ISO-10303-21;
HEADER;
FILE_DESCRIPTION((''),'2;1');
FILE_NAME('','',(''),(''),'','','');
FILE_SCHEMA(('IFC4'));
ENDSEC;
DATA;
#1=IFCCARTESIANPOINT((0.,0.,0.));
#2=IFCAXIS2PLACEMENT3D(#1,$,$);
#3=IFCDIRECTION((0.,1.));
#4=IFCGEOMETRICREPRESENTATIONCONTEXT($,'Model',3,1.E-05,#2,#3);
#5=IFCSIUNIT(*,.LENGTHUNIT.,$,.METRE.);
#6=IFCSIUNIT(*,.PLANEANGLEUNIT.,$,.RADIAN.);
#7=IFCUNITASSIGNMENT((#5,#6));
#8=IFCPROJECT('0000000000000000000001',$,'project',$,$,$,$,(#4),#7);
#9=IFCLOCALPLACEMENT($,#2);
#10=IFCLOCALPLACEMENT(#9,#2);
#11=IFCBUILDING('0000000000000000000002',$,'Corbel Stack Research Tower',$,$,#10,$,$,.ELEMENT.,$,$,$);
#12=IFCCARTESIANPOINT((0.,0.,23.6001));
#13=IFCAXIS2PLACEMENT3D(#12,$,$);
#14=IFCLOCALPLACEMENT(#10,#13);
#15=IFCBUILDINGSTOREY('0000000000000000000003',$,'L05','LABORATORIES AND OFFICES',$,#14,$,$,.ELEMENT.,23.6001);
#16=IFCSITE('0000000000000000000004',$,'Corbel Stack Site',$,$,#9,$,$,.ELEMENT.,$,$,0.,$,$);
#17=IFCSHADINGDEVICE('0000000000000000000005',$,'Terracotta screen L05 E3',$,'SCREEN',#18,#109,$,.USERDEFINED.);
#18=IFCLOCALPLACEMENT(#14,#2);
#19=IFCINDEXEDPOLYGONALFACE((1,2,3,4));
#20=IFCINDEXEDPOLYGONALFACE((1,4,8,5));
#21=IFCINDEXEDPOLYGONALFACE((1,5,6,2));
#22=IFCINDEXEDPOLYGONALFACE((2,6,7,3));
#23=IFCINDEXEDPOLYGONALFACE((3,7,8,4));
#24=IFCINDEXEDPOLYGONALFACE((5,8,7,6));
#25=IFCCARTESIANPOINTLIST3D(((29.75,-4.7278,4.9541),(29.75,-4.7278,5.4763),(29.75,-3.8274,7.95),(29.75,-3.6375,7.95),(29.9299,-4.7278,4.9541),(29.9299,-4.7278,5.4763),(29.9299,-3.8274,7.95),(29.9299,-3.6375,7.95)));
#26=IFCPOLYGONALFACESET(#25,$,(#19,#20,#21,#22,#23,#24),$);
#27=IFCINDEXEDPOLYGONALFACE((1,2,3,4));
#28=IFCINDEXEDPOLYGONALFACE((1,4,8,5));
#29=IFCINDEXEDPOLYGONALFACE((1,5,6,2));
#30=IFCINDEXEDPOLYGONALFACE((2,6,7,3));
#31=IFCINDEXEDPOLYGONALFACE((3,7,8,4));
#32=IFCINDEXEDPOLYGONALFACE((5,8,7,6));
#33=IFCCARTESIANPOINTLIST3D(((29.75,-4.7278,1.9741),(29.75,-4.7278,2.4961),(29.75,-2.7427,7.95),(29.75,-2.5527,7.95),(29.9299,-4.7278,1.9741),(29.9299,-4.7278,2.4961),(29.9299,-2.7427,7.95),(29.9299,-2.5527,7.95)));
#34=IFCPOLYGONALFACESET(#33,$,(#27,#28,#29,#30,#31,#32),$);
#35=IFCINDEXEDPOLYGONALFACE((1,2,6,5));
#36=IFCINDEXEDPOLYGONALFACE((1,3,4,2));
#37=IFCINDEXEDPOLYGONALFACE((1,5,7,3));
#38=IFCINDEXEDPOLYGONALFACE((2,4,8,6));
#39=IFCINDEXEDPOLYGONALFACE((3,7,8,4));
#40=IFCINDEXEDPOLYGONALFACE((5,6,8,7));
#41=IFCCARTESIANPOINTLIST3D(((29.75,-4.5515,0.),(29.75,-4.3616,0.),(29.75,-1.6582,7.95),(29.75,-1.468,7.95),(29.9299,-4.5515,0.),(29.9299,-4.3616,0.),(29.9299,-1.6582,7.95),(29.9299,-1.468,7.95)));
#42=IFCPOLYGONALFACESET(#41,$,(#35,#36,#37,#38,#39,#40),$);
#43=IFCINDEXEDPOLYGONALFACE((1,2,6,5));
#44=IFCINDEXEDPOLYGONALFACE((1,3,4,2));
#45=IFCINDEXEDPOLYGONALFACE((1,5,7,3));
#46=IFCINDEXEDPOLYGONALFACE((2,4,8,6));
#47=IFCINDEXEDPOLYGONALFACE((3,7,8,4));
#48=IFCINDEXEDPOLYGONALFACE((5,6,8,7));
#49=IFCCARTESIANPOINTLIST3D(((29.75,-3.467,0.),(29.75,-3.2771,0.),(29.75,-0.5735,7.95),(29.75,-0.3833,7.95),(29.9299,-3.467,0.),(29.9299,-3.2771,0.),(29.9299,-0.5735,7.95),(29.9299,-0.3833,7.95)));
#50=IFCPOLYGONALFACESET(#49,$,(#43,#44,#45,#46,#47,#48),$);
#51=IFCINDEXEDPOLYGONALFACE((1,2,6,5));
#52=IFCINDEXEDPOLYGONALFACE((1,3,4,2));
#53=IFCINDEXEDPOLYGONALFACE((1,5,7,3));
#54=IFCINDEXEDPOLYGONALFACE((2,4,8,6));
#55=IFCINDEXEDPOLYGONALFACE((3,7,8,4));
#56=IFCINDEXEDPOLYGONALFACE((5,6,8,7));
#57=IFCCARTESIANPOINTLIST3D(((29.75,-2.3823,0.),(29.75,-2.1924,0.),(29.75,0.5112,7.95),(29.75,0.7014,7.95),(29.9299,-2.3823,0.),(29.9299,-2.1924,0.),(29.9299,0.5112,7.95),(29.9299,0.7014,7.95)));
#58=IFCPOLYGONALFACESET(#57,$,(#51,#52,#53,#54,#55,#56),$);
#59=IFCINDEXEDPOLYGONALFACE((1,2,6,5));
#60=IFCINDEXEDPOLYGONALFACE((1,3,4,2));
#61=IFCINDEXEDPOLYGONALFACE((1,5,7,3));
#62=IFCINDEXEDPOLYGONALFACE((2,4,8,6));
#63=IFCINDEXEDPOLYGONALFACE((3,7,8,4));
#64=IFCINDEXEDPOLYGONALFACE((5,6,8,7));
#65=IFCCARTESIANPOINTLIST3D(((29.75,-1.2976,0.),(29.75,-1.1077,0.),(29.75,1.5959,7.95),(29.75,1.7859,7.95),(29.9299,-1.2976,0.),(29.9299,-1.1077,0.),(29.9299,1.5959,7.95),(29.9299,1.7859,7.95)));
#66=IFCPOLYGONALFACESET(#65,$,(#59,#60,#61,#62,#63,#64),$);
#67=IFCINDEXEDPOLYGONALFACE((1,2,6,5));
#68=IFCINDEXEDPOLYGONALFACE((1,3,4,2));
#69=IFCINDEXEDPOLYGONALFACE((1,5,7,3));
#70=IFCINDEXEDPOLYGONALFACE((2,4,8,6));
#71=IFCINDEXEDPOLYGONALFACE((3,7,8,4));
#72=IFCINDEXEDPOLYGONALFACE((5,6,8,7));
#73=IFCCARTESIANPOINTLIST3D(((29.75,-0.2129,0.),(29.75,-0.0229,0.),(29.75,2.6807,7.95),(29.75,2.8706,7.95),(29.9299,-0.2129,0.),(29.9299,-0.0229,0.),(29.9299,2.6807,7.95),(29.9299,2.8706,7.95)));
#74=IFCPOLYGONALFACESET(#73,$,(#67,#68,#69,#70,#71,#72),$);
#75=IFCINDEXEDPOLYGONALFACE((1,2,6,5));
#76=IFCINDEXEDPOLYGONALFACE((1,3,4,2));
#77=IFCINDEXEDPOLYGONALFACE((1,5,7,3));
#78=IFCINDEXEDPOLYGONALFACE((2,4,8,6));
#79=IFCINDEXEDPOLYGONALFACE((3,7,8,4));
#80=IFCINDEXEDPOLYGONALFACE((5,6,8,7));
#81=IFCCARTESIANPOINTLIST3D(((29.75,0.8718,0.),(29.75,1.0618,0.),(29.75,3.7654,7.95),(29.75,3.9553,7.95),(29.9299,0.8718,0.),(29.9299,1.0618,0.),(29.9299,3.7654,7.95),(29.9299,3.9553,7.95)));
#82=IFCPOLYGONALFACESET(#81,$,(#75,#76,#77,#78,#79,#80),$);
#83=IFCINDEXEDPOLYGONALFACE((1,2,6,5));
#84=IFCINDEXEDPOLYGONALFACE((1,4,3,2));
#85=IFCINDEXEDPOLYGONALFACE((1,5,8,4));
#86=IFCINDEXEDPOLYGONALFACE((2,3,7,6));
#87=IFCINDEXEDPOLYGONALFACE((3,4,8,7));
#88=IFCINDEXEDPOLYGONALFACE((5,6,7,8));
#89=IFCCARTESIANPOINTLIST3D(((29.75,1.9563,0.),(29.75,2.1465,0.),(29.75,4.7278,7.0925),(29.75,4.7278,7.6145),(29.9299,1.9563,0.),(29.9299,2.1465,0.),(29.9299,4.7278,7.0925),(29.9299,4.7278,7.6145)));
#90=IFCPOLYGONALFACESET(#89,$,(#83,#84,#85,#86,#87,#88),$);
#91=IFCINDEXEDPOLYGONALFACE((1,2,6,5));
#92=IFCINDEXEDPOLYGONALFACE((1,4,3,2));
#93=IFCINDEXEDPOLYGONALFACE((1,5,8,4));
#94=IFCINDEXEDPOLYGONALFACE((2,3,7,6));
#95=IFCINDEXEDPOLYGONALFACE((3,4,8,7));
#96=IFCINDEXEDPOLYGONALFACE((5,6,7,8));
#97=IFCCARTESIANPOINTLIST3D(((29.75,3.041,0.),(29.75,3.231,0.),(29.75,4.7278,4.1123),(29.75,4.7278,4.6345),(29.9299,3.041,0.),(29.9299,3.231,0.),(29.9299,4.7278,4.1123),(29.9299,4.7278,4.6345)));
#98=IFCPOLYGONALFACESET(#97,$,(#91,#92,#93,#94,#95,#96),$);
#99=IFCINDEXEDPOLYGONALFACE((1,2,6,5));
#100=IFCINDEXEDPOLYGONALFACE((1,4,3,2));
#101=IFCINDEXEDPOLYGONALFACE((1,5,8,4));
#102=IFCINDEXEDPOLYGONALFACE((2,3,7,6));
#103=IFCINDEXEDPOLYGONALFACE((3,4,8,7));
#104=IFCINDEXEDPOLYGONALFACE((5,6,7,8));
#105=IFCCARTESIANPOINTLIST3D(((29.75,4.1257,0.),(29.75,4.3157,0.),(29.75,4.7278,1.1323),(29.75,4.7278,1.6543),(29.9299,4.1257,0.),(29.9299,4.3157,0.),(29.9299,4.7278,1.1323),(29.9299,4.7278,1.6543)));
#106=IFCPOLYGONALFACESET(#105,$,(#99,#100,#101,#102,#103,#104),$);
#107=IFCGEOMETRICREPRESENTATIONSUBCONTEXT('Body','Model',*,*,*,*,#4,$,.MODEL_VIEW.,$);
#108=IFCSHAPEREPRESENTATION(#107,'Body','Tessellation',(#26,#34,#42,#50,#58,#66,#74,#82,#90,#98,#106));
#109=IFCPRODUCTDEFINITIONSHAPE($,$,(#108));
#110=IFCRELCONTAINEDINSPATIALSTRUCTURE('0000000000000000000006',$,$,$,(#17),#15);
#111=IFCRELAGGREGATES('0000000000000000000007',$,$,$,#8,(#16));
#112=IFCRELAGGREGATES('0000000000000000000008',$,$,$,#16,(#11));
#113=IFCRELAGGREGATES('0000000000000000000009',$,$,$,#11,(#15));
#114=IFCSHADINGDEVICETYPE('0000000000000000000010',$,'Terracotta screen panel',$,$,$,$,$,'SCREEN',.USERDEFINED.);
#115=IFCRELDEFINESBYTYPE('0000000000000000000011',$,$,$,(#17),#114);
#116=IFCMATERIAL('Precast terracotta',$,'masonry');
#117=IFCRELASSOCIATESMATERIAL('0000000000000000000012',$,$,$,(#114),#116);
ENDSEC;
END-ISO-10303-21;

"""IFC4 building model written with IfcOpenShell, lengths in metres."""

from ifc_helpers import new_model, si_unit, direction, frame, origin, place, context, subcontext, project, spatial, polyline, outline, extrude, source, transform, mapped, material, type_object, element, save


model = new_model("IFC4")

# Units and contexts
model_context = context("Model", 3, precision=1e-05, world=origin(), true_north=direction((0.0, 1.0)))
body_context = subcontext(model_context, "Body", "Model", "MODEL_VIEW")
ifc_project = project(units=[si_unit("LENGTHUNIT", "METRE"), si_unit("PLANEANGLEUNIT", "RADIAN")], contexts=[model_context])

# Site, building, storey
site_placement = place(None, origin())
site = spatial("IfcSite", under=ifc_project, at=site_placement, Name="Corbel Stack Site", CompositionType="ELEMENT", RefElevation=0.0)
building_placement = place(site_placement, origin())
building = spatial("IfcBuilding", under=site, at=building_placement, Name="Corbel Stack Research Tower", CompositionType="ELEMENT")
storey_placement = place(building_placement, frame((0.0, 0.0, 23.6001)))
storey = spatial("IfcBuildingStorey", under=building, at=storey_placement, Name="L05", Description="LABORATORIES AND OFFICES", CompositionType="ELEMENT", Elevation=23.6001)

# Shading device
ifc_material_1 = material(Name="Precast terracotta", Category="masonry")
shading_device_type = type_object("IfcShadingDeviceType", Name="Terracotta screen panel", ElementType="SCREEN", PredefinedType="USERDEFINED", material=ifc_material_1)
shared_shape = source(origin(), body_context, "Body", "SweptSolid", [
    extrude(outline(polyline([(1.0903, 7.95), (0.9004, 7.95), (0.0, 5.4763), (0.0, 4.9541), (1.0903, 7.95)])), frame((0.0, 0.0, 0.0), z_axis=(0.0, -1.0, 0.0), x_axis=(1.0, 0.0, 0.0)), (0.0, 0.0, 1.0), 0.1799),
    extrude(outline(polyline([(2.175, 7.95), (1.9851, 7.95), (0.0, 2.4961), (0.0, 1.9741), (2.175, 7.95)])), frame((0.0, 0.0, 0.0), z_axis=(0.0, -1.0, 0.0), x_axis=(1.0, 0.0, 0.0)), (0.0, 0.0, 1.0), 0.1799),
    extrude(outline(polyline([(0.3662, 0.0), (3.2598, 7.95), (3.0696, 7.95), (0.1763, 0.0), (0.3662, 0.0)])), frame((0.0, 0.0, 0.0), z_axis=(0.0, -1.0, 0.0), x_axis=(1.0, 0.0, 0.0)), (0.0, 0.0, 1.0), 0.1799),
    extrude(outline(polyline([(1.4507, 0.0), (4.3445, 7.95), (4.1543, 7.95), (1.2607, 0.0), (1.4507, 0.0)])), frame((0.0, 0.0, 0.0), z_axis=(0.0, -1.0, 0.0), x_axis=(1.0, 0.0, 0.0)), (0.0, 0.0, 1.0), 0.1799),
    extrude(outline(polyline([(2.5354, 0.0), (5.4292, 7.95), (5.239, 7.95), (2.3455, 0.0), (2.5354, 0.0)])), frame((0.0, 0.0, 0.0), z_axis=(0.0, -1.0, 0.0), x_axis=(1.0, 0.0, 0.0)), (0.0, 0.0, 1.0), 0.1799),
    extrude(outline(polyline([(3.6201, 0.0), (6.5137, 7.95), (6.3237, 7.95), (3.4302, 0.0), (3.6201, 0.0)])), frame((0.0, 0.0, 0.0), z_axis=(0.0, -1.0, 0.0), x_axis=(1.0, 0.0, 0.0)), (0.0, 0.0, 1.0), 0.1799),
    extrude(outline(polyline([(4.7048, 0.0), (7.5984, 7.95), (7.4084, 7.95), (4.5149, 0.0), (4.7048, 0.0)])), frame((0.0, 0.0, 0.0), z_axis=(0.0, -1.0, 0.0), x_axis=(1.0, 0.0, 0.0)), (0.0, 0.0, 1.0), 0.1799),
    extrude(outline(polyline([(5.7896, 0.0), (8.6831, 7.95), (8.4932, 7.95), (5.5996, 0.0), (5.7896, 0.0)])), frame((0.0, 0.0, 0.0), z_axis=(0.0, -1.0, 0.0), x_axis=(1.0, 0.0, 0.0)), (0.0, 0.0, 1.0), 0.1799),
    extrude(outline(polyline([(6.8743, 0.0), (9.4556, 7.0925), (9.4556, 7.6145), (6.6841, 0.0), (6.8743, 0.0)])), frame((0.0, 0.0, 0.0), z_axis=(0.0, -1.0, 0.0), x_axis=(1.0, 0.0, 0.0)), (0.0, 0.0, 1.0), 0.1799),
    extrude(outline(polyline([(7.9587, 0.0), (9.4556, 4.1123), (9.4556, 4.6345), (7.7688, 0.0), (7.9587, 0.0)])), frame((0.0, 0.0, 0.0), z_axis=(0.0, -1.0, 0.0), x_axis=(1.0, 0.0, 0.0)), (0.0, 0.0, 1.0), 0.1799),
    extrude(outline(polyline([(9.0435, 0.0), (9.4556, 1.1323), (9.4556, 1.6543), (8.8535, 0.0), (9.0435, 0.0)])), frame((0.0, 0.0, 0.0), z_axis=(0.0, -1.0, 0.0), x_axis=(1.0, 0.0, 0.0)), (0.0, 0.0, 1.0), 0.1799),
])
shading_device_placement = place(storey_placement, frame((29.75, -4.7278, 0.0), z_axis=(0.0, 0.0, 1.0), x_axis=(0.0, 1.0, 0.0)))
element("IfcShadingDevice", 1, at=shading_device_placement, inside=storey, type_object=shading_device_type, Name="Terracotta screen L05 E3", ObjectType="SCREEN", PredefinedType="USERDEFINED", context=body_context, shape_type="MappedRepresentation", body=[
    mapped(shared_shape, transform((0.0, 0.0, 0.0))),
])

save(model, "model.ifc")
